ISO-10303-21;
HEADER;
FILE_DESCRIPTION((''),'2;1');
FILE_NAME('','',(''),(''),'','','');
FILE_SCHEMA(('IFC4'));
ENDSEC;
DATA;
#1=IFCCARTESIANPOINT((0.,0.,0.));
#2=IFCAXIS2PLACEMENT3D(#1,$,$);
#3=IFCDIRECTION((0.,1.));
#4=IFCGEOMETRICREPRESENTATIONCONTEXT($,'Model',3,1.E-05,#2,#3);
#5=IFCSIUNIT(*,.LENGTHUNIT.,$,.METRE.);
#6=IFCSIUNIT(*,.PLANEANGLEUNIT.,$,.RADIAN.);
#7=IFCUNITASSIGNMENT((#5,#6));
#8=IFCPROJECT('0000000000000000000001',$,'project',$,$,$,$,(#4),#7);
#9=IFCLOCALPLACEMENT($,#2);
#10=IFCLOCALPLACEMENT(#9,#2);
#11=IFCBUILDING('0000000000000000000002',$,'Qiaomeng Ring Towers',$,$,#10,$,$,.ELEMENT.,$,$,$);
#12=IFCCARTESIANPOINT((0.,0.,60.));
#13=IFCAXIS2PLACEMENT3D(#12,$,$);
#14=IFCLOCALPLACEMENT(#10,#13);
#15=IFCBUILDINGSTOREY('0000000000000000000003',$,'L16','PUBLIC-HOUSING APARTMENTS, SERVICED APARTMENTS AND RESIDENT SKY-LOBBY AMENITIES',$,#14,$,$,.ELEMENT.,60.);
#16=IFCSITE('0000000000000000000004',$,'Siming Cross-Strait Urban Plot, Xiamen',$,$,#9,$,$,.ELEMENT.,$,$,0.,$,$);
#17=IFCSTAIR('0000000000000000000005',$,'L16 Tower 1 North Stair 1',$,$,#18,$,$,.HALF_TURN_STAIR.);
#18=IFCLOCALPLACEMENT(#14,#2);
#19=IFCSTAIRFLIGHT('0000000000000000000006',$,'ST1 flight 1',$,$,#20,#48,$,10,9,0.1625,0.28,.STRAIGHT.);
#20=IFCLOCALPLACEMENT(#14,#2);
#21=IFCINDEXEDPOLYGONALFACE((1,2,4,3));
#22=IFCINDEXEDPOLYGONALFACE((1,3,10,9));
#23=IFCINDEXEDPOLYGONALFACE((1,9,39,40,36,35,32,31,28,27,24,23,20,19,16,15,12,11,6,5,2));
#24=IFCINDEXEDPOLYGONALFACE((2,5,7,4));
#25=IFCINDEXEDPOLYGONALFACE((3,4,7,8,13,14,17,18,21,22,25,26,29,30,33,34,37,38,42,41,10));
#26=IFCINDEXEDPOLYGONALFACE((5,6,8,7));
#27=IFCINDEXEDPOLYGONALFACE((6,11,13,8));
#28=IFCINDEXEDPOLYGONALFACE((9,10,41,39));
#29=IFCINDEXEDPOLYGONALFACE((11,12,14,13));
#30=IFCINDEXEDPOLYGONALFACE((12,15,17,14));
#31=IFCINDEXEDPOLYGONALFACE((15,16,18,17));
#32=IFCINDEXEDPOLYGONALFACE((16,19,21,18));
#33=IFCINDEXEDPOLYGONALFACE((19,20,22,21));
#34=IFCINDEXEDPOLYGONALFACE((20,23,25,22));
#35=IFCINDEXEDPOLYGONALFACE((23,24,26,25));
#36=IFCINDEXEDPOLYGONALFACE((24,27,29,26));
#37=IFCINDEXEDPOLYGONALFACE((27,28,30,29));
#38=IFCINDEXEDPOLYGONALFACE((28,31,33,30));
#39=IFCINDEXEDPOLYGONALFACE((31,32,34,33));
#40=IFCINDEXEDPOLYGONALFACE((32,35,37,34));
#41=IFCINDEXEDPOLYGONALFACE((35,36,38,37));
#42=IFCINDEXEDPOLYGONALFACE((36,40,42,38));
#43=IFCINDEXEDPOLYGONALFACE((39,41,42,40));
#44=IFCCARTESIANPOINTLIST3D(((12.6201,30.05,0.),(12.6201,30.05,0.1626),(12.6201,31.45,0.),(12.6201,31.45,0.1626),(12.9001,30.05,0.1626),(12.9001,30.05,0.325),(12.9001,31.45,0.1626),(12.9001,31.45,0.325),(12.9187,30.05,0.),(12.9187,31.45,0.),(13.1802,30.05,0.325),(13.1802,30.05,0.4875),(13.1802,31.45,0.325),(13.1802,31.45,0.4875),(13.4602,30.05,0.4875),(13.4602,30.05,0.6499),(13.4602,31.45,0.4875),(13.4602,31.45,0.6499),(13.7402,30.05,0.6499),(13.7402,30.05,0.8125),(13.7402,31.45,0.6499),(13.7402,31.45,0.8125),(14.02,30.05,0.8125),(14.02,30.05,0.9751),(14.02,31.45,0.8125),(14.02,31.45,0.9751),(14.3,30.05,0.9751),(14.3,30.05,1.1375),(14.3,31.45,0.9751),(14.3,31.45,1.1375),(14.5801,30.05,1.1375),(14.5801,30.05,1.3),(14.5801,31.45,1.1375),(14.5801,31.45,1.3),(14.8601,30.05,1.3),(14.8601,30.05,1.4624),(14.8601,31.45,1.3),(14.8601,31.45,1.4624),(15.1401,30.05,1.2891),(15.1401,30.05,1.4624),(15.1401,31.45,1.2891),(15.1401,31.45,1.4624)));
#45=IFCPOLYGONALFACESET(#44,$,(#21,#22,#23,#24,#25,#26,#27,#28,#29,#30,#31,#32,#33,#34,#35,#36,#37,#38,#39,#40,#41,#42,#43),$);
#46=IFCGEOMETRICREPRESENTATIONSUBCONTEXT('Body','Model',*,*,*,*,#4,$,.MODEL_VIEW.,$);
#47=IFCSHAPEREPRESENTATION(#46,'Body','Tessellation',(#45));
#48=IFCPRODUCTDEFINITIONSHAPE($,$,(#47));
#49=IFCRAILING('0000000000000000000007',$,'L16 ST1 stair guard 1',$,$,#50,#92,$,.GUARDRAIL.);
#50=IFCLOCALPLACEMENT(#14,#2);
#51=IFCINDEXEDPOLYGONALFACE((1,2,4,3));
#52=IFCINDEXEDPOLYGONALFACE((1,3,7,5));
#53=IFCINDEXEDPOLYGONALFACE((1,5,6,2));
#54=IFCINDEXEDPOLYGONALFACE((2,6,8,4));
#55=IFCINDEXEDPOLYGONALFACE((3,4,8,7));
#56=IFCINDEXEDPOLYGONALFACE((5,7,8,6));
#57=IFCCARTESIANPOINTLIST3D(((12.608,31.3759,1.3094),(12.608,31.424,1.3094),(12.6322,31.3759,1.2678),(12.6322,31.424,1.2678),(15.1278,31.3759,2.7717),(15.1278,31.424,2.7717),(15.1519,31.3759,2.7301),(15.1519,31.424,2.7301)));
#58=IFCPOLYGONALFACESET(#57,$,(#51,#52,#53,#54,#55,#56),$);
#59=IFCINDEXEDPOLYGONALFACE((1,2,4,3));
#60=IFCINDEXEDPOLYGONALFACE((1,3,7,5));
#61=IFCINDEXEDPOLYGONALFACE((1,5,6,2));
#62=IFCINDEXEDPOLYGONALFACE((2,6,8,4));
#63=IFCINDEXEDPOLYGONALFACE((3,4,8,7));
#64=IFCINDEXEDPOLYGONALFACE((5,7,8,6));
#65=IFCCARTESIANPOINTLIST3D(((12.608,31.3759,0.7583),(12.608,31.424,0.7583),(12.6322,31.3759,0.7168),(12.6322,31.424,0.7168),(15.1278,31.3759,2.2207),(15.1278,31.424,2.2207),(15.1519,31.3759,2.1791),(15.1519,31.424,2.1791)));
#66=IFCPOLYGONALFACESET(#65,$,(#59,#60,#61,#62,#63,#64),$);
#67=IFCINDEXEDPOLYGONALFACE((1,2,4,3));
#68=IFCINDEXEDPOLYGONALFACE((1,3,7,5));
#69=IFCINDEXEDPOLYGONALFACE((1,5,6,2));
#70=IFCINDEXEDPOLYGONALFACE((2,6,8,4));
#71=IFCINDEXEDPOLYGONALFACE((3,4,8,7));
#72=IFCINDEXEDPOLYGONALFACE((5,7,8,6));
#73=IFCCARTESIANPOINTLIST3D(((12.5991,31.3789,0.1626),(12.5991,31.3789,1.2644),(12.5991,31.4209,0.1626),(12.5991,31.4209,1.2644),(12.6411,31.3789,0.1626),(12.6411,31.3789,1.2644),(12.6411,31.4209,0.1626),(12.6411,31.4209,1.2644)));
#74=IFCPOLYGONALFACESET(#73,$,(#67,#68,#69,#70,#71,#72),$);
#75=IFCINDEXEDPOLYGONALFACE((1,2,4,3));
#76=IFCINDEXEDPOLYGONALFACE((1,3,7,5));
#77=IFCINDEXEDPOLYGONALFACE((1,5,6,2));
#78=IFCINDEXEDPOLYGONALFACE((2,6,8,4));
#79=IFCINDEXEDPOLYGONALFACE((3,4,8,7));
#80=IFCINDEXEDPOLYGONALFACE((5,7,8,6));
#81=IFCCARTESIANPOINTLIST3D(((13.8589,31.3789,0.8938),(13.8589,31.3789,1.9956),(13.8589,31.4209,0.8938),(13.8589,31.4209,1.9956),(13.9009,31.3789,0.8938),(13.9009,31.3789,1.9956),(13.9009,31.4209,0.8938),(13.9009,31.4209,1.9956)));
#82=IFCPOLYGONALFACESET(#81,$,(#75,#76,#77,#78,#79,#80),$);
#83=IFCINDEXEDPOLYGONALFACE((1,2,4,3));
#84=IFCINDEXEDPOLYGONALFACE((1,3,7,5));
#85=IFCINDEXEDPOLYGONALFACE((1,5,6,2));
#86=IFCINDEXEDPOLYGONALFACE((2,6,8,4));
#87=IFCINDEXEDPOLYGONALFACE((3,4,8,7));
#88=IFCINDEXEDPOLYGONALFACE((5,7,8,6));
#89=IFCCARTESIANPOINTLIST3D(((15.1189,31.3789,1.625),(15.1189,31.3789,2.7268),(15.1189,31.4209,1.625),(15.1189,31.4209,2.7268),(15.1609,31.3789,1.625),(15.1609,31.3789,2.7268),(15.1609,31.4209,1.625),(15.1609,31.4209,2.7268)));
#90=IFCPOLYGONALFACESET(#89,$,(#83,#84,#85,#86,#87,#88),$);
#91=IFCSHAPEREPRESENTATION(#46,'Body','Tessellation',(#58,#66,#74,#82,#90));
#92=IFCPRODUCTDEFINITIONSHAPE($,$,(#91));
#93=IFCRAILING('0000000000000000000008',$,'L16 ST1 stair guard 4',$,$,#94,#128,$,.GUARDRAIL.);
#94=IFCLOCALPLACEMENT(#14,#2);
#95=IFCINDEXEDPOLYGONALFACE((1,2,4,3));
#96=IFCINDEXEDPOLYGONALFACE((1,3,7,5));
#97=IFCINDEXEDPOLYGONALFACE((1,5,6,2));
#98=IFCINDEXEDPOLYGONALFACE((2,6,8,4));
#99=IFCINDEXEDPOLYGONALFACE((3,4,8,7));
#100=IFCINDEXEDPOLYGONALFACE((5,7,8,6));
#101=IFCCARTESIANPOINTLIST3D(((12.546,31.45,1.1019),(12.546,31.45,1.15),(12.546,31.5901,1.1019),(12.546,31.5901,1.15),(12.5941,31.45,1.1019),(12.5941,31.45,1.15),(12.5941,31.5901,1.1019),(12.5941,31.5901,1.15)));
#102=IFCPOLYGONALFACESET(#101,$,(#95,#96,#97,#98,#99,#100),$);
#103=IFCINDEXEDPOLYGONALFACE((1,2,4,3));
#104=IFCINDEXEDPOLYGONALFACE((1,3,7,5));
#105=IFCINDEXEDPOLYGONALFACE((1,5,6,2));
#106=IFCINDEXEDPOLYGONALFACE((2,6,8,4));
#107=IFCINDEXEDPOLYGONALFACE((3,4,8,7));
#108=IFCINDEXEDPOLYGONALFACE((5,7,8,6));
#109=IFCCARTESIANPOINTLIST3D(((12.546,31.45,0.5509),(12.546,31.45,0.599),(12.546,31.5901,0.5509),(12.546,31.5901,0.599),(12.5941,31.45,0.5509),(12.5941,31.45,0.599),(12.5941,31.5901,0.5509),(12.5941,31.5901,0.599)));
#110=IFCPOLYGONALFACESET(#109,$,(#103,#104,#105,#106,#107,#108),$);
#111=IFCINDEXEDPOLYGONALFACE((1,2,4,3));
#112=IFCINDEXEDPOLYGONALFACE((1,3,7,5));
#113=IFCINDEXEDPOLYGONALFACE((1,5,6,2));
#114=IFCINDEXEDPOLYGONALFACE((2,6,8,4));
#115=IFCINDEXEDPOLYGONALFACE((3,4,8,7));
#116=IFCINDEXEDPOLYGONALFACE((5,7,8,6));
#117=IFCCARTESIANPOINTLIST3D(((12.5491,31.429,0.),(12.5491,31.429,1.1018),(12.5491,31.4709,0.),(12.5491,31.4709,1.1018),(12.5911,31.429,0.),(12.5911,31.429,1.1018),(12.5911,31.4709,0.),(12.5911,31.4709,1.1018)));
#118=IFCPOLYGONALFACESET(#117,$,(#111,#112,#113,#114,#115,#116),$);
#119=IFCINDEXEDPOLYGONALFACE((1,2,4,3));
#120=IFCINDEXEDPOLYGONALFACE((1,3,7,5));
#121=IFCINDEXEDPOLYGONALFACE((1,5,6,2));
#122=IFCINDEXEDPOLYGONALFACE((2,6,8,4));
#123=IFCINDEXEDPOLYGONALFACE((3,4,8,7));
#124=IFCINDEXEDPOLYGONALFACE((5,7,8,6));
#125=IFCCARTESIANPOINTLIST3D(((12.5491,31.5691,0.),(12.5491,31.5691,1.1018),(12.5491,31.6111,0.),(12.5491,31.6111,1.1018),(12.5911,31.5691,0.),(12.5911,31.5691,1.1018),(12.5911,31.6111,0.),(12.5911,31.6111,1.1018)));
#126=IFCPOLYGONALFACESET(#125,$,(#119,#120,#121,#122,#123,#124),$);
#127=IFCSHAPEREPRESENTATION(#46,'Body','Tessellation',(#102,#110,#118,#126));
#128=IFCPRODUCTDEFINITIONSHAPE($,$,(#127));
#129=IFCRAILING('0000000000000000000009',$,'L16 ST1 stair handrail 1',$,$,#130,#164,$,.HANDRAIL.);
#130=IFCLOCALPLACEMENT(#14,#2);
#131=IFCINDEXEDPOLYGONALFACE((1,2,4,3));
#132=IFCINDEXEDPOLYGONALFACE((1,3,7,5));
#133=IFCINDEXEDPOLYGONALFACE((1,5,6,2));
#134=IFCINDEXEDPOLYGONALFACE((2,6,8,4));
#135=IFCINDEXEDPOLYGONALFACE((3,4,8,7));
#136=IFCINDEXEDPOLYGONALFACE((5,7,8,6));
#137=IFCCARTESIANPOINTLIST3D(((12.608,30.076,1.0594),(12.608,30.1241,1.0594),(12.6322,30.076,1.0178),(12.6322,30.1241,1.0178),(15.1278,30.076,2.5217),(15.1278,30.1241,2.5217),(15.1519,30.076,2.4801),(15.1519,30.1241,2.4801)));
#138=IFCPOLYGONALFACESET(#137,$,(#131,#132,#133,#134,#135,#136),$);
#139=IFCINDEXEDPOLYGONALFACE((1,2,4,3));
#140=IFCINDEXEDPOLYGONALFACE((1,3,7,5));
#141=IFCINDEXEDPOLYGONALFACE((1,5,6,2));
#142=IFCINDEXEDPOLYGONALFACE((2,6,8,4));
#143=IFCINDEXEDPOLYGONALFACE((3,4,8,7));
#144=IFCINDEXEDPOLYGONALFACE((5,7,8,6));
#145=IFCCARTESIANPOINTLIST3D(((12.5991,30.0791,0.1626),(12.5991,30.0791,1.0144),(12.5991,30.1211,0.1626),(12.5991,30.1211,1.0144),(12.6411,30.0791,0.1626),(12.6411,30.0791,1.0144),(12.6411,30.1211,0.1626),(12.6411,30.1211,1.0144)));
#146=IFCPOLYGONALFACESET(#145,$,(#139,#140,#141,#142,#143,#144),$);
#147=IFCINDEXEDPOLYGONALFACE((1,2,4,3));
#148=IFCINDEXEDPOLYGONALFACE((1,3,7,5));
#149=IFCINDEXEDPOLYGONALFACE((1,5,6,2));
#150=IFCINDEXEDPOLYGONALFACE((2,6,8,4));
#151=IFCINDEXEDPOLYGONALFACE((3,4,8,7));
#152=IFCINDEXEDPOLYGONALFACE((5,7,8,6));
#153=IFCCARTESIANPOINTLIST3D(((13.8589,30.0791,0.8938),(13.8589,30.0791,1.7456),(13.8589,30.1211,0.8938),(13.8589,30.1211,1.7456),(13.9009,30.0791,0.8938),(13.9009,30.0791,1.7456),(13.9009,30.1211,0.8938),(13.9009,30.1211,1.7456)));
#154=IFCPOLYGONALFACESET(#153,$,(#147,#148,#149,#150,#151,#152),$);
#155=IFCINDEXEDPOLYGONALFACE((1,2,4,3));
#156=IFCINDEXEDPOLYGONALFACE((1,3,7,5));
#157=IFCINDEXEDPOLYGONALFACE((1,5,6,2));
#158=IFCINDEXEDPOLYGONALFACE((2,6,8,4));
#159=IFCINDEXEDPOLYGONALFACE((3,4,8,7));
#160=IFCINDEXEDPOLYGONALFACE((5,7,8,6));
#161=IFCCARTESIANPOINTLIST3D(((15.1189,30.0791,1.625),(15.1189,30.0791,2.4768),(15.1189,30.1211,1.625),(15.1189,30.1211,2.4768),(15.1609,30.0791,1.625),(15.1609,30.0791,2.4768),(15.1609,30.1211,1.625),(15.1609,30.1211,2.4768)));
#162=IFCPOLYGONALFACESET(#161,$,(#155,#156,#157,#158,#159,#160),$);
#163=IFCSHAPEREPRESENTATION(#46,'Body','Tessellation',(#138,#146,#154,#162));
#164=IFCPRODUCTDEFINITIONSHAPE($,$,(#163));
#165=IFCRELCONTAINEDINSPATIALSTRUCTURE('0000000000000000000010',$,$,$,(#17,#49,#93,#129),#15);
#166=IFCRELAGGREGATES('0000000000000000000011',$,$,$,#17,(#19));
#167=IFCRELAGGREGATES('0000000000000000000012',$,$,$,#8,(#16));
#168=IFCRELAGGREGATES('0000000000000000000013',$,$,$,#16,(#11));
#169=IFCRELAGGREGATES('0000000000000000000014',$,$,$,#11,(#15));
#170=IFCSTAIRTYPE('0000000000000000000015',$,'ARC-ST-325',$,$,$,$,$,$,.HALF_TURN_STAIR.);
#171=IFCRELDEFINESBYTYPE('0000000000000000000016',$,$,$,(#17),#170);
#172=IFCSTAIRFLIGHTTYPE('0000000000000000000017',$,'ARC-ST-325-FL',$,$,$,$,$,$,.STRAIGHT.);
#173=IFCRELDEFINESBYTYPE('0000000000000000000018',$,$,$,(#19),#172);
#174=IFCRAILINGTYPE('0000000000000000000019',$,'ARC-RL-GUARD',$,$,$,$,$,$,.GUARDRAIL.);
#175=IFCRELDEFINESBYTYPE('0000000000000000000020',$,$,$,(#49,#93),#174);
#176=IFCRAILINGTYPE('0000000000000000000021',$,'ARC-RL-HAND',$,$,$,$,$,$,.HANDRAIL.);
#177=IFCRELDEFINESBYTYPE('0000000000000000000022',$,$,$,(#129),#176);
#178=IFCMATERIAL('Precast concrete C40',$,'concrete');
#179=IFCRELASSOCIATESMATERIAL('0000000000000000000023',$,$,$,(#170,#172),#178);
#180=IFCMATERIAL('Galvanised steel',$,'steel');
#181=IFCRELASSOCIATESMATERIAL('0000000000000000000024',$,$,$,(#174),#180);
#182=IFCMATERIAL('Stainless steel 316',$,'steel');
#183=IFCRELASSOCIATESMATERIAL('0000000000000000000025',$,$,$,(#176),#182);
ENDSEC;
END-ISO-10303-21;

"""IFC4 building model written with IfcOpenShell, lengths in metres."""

from ifc_helpers import new_model, si_unit, direction, frame, origin, origin_2d, place, context, subcontext, project, spatial, polyline, rectangle, outline, extrude, source, transform, mapped, material, type_object, element, aggregate, save


model = new_model("IFC4")

# Units and contexts
model_context = context("Model", 3, precision=1e-05, world=origin(), true_north=direction((0.0, 1.0)))
body_context = subcontext(model_context, "Body", "Model", "MODEL_VIEW")
ifc_project = project(units=[si_unit("LENGTHUNIT", "METRE"), si_unit("PLANEANGLEUNIT", "RADIAN")], contexts=[model_context])

# Site, building, storey
site_placement = place(None, origin())
site = spatial("IfcSite", under=ifc_project, at=site_placement, Name="Siming Cross-Strait Urban Plot, Xiamen", CompositionType="ELEMENT", RefElevation=0.0)
building_placement = place(site_placement, origin())
building = spatial("IfcBuilding", under=site, at=building_placement, Name="Qiaomeng Ring Towers", CompositionType="ELEMENT")
storey_placement = place(building_placement, frame((0.0, 0.0, 60.0)))
storey = spatial("IfcBuildingStorey", under=building, at=storey_placement, Name="L16", Description="PUBLIC-HOUSING APARTMENTS, SERVICED APARTMENTS AND RESIDENT SKY-LOBBY AMENITIES", CompositionType="ELEMENT", Elevation=60.0)

# Stair, stair flight
ifc_material_1 = material(Name="Precast concrete C40", Category="concrete")
stair_type = type_object("IfcStairType", Name="ARC-ST-325", PredefinedType="HALF_TURN_STAIR", material=ifc_material_1)
stair_placement = place(storey_placement, origin())
stair = element("IfcStair", 1, at=stair_placement, inside=storey, type_object=stair_type, Name="L16 Tower 1 North Stair 1", PredefinedType="HALF_TURN_STAIR")
stair_flight_type = type_object("IfcStairFlightType", Name="ARC-ST-325-FL", PredefinedType="STRAIGHT", material=ifc_material_1)
shared_shape_1 = source(origin(), body_context, "Body", "SweptSolid", [
    extrude(outline(polyline([(0.0, 0.0), (0.0, 0.1626), (0.28, 0.1626), (0.28, 0.325), (0.5601, 0.325), (0.5601, 0.4875), (0.8401, 0.4875), (0.8401, 0.6499), (1.1201, 0.6499), (1.1201, 0.8125), (1.3999, 0.8125), (1.3999, 0.9751), (1.6799, 0.9751), (1.6799, 1.1375), (1.96, 1.1375), (1.96, 1.3), (2.24, 1.3), (2.24, 1.4624), (2.52, 1.4624), (2.52, 1.625), (2.52, 1.2891), (0.2986, 0.0), (0.0, 0.0)])), frame((0.0, 0.7, 0.0), z_axis=(0.0, -1.0, 0.0), x_axis=(1.0, 0.0, 0.0)), (0.0, 0.0, 1.0), 1.3999),
])
stair_flight_placement = place(storey_placement, frame((12.6201, 30.75, 0.0), z_axis=(0.0, 0.0, 1.0), x_axis=(1.0, 0.0, 0.0)))
stair_flight = element("IfcStairFlight", 2, at=stair_flight_placement, type_object=stair_flight_type, Name="ST1 flight 1", NumberOfRisers=10, NumberOfTreads=9, PredefinedType="STRAIGHT", RiserHeight=0.1625, TreadLength=0.28, context=body_context, shape_type="MappedRepresentation", body=[
    mapped(shared_shape_1, transform((0.0, 0.0, 0.0), x_axis=(1.0, 0.0, 0.0), y_axis=(0.0, 1.0, 0.0), z_axis=(0.0, 0.0, 1.0), scale=1.0)),
])
aggregate(stair, [stair_flight])

# Railings
ifc_material_2 = material(Name="Galvanised steel", Category="steel")
railing_type_1 = type_object("IfcRailingType", Name="ARC-RL-GUARD", PredefinedType="GUARDRAIL", material=ifc_material_2)
railing_1_placement = place(storey_placement, frame((12.6201, 31.3999, 0.1626)))
element("IfcRailing", 3, at=railing_1_placement, inside=storey, type_object=railing_type_1, Name="L16 ST1 stair guard 1", PredefinedType="GUARDRAIL", context=body_context, shape_type="SweptSolid", body=[
    extrude(rectangle(XDim=0.0481, YDim=0.0481, at=origin_2d()), frame((0.0, 0.0, 1.126), z_axis=(0.864892, 0.0, 0.501958), x_axis=(0.0, 1.0, 0.0)), (0.0, 0.0, 1.0), 2.9133),
    extrude(rectangle(XDim=0.0481, YDim=0.0481, at=origin_2d()), frame((0.0, 0.0, 0.575), z_axis=(0.864892, 0.0, 0.501958), x_axis=(0.0, 1.0, 0.0)), (0.0, 0.0, 1.0), 2.9133),
    extrude(rectangle(XDim=0.042, YDim=0.042, at=origin_2d()), origin(), (0.0, 0.0, 1.0), 1.1018),
    extrude(rectangle(XDim=0.042, YDim=0.042, at=origin_2d()), frame((1.2598, 0.0, 0.7312)), (0.0, 0.0, 1.0), 1.1018),
    extrude(rectangle(XDim=0.042, YDim=0.042, at=origin_2d()), frame((2.5198, 0.0, 1.4624)), (0.0, 0.0, 1.0), 1.1018),
])
railing_2_placement = place(storey_placement, frame((12.5701, 31.45, 0.0)))
element("IfcRailing", 4, at=railing_2_placement, inside=storey, type_object=railing_type_1, Name="L16 ST1 stair guard 4", PredefinedType="GUARDRAIL", context=body_context, shape_type="SweptSolid", body=[
    extrude(rectangle(XDim=0.0481, YDim=0.0481, at=origin_2d()), frame((0.0, 0.0, 1.126), z_axis=(0.0, 1.0, 0.0), x_axis=(-1.0, 0.0, 0.0)), (0.0, 0.0, 1.0), 0.1401),
    extrude(rectangle(XDim=0.0481, YDim=0.0481, at=origin_2d()), frame((0.0, 0.0, 0.575), z_axis=(0.0, 1.0, 0.0), x_axis=(-1.0, 0.0, 0.0)), (0.0, 0.0, 1.0), 0.1401),
    extrude(rectangle(XDim=0.042, YDim=0.042, at=origin_2d()), origin(), (0.0, 0.0, 1.0), 1.1018),
    extrude(rectangle(XDim=0.042, YDim=0.042, at=origin_2d()), frame((0.0, 0.1401, 0.0)), (0.0, 0.0, 1.0), 1.1018),
])
ifc_material_3 = material(Name="Stainless steel 316", Category="steel")
railing_type_2 = type_object("IfcRailingType", Name="ARC-RL-HAND", PredefinedType="HANDRAIL", material=ifc_material_3)
railing_3_placement = place(storey_placement, frame((12.6201, 30.1001, 0.1626)))
element("IfcRailing", 5, at=railing_3_placement, inside=storey, type_object=railing_type_2, Name="L16 ST1 stair handrail 1", PredefinedType="HANDRAIL", context=body_context, shape_type="SweptSolid", body=[
    extrude(rectangle(XDim=0.0481, YDim=0.0481, at=origin_2d()), frame((0.0, 0.0, 0.876), z_axis=(0.864892, 0.0, 0.501958), x_axis=(0.0, 1.0, 0.0)), (0.0, 0.0, 1.0), 2.9133),
    extrude(rectangle(XDim=0.042, YDim=0.042, at=origin_2d()), origin(), (0.0, 0.0, 1.0), 0.8518),
    extrude(rectangle(XDim=0.042, YDim=0.042, at=origin_2d()), frame((1.2598, 0.0, 0.7312)), (0.0, 0.0, 1.0), 0.8518),
    extrude(rectangle(XDim=0.042, YDim=0.042, at=origin_2d()), frame((2.5198, 0.0, 1.4624)), (0.0, 0.0, 1.0), 0.8518),
])

save(model, "model.ifc")
